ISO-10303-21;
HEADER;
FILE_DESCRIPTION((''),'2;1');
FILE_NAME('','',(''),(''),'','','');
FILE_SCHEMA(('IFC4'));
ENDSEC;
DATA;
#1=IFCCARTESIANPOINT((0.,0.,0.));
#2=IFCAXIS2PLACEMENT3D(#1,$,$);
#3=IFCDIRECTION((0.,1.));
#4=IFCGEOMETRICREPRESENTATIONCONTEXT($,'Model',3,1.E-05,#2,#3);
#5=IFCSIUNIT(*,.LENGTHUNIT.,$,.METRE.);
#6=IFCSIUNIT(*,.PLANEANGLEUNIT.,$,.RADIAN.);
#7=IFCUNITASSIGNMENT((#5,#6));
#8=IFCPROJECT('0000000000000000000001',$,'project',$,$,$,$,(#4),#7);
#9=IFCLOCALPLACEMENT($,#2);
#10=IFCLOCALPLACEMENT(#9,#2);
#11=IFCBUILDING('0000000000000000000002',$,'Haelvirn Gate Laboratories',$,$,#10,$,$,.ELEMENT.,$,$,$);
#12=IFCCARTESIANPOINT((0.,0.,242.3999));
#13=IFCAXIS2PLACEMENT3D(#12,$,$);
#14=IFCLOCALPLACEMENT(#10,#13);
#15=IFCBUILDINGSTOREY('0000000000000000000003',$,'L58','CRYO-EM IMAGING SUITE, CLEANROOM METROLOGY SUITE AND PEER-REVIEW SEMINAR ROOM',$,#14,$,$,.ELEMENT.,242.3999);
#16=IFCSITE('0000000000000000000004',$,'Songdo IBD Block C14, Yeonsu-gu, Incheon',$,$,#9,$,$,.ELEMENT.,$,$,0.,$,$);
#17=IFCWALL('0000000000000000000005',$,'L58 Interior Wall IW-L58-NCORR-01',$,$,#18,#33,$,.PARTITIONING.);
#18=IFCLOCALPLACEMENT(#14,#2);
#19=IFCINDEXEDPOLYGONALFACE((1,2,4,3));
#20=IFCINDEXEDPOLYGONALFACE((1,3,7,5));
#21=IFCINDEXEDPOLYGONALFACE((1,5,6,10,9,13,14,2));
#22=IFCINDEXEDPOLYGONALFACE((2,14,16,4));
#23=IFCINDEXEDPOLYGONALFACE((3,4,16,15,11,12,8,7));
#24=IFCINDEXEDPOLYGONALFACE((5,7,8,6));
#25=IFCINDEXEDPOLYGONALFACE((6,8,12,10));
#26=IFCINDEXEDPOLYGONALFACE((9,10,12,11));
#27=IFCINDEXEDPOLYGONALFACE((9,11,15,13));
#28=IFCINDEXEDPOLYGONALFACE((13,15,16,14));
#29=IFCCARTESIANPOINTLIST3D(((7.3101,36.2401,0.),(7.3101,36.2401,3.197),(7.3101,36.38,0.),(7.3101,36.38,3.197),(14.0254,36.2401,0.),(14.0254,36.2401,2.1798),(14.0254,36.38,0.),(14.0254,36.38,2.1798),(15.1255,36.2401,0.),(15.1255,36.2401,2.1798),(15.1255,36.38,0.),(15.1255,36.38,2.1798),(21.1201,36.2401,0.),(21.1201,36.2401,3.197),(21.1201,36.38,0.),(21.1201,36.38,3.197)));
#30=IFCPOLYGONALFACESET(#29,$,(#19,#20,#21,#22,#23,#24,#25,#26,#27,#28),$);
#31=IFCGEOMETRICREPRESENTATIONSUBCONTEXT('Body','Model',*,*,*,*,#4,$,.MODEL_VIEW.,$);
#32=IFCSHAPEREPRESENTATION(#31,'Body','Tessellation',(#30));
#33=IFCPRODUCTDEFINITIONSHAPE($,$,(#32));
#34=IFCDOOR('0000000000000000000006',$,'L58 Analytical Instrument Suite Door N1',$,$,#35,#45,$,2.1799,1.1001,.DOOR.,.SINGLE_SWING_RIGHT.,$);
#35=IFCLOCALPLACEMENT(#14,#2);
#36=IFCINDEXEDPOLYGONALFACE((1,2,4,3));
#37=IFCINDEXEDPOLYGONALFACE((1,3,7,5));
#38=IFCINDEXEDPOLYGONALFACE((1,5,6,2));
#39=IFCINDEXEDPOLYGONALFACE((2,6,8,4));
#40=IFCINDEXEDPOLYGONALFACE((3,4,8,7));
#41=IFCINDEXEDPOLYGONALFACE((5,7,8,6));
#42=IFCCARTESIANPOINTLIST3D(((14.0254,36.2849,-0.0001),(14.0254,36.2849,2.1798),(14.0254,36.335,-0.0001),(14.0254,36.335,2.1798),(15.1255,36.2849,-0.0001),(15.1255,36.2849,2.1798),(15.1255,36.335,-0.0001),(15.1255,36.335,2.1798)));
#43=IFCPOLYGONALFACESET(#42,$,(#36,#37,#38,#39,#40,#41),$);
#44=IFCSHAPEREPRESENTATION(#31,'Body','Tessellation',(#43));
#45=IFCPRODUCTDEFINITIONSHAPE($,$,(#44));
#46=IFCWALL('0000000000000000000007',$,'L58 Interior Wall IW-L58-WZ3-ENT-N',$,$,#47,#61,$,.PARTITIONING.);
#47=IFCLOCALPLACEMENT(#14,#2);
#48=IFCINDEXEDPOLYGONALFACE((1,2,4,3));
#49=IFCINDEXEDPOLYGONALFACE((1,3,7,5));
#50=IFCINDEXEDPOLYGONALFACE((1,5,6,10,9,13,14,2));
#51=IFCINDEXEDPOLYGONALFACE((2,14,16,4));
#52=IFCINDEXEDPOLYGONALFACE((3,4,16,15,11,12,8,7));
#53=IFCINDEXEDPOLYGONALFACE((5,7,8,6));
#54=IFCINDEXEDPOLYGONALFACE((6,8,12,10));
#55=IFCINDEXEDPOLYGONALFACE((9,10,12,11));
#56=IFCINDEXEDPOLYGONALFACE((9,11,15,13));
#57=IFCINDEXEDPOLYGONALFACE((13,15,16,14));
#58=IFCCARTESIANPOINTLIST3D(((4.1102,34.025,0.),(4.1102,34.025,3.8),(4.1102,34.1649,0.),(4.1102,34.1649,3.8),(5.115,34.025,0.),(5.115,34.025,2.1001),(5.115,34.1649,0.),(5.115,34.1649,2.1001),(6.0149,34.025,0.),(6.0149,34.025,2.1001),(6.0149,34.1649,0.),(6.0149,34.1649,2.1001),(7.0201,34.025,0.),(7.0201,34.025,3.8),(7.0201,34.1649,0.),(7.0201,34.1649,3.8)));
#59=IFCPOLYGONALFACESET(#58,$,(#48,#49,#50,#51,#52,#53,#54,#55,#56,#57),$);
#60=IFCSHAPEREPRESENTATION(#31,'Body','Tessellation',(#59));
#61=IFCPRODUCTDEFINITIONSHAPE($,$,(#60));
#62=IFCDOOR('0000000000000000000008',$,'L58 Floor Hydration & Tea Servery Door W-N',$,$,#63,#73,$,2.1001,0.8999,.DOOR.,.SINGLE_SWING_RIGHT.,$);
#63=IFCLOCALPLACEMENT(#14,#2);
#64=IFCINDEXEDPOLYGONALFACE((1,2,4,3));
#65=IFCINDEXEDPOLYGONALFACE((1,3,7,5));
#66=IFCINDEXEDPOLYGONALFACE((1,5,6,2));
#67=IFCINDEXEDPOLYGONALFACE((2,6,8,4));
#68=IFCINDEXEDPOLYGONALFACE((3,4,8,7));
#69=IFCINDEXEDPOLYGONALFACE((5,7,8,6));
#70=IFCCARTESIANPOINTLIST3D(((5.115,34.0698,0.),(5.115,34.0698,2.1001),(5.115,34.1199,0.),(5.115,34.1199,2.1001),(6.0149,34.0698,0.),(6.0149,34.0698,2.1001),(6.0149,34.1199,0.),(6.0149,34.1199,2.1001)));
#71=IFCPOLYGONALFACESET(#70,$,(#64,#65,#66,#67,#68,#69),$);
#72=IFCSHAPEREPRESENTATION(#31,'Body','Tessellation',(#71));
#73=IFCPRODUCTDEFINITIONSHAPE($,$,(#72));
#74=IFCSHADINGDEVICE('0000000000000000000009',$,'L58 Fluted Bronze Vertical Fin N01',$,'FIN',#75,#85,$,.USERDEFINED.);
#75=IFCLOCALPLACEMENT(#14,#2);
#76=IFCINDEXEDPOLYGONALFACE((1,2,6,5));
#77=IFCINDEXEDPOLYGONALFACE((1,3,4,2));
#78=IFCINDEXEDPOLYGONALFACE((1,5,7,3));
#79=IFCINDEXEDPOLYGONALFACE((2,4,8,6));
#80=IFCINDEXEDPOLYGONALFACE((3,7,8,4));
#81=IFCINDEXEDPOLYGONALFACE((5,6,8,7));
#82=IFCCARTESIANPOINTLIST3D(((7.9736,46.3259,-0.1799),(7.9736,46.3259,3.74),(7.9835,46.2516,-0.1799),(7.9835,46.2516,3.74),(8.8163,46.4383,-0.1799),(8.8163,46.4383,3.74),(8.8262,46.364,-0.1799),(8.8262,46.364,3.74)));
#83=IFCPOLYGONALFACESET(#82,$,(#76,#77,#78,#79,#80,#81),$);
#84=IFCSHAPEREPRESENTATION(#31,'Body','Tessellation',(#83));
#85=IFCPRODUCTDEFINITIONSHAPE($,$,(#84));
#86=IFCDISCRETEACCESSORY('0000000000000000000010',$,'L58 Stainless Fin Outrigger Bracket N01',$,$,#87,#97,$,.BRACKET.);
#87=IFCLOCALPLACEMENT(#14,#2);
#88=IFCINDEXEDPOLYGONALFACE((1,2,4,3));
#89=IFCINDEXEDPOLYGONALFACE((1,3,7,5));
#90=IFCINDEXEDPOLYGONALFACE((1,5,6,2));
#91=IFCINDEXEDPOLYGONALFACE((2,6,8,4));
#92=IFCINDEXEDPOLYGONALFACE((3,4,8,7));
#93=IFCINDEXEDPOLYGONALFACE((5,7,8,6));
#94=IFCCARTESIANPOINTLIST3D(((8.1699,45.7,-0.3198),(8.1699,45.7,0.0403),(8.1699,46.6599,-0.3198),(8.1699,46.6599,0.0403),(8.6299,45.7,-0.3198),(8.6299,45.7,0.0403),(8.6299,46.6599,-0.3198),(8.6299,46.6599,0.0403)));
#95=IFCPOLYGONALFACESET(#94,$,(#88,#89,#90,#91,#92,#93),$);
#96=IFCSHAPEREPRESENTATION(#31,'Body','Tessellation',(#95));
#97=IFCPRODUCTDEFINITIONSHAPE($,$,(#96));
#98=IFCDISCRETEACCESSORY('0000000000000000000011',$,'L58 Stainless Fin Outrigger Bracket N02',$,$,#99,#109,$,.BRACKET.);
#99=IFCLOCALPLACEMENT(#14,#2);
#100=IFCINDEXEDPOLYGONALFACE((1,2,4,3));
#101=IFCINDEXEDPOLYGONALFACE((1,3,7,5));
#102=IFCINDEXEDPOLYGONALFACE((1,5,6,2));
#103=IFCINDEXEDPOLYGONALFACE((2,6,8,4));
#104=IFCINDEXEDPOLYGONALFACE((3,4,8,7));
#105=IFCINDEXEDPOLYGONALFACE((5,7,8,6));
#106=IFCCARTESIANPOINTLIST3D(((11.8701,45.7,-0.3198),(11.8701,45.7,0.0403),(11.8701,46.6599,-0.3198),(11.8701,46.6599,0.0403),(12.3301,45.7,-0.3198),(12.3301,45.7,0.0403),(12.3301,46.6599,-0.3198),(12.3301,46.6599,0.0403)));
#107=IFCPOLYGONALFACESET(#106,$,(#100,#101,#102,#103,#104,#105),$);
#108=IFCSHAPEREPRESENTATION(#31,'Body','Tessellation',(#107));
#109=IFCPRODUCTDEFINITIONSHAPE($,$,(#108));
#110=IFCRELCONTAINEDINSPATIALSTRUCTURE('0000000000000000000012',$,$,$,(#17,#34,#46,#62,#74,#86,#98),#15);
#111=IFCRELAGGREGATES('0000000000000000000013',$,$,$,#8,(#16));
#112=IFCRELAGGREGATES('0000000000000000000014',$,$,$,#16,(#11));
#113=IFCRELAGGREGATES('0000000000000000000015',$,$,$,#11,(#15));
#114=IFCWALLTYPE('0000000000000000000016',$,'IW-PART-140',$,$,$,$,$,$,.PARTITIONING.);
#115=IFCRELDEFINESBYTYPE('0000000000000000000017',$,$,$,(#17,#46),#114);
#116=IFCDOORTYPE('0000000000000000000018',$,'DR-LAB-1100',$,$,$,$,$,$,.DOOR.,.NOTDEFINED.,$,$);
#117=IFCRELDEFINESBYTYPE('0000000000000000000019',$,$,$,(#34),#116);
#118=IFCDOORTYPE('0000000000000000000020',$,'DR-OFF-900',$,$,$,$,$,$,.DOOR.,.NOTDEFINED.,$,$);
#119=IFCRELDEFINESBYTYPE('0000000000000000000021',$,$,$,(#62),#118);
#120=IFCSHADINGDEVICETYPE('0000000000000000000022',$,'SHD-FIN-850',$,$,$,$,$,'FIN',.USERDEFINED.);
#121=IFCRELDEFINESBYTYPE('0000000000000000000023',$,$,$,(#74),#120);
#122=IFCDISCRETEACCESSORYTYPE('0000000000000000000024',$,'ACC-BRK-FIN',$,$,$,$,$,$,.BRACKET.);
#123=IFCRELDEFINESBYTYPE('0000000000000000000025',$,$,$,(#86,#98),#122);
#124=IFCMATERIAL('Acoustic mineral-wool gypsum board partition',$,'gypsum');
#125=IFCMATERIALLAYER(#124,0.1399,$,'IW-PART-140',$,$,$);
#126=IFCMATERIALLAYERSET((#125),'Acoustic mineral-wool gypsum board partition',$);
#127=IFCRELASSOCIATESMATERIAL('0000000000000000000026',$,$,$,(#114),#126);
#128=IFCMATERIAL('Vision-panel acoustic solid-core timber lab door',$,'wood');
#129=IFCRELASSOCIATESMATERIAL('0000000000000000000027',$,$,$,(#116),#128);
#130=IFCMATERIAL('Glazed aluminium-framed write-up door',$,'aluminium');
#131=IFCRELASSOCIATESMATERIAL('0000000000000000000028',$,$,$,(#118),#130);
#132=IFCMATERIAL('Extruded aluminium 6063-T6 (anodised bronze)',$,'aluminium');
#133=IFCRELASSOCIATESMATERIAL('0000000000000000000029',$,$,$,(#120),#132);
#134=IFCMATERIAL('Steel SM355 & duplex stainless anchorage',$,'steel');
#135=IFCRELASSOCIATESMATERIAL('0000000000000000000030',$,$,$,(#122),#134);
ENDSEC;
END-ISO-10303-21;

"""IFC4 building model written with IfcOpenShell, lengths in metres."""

from ifc_helpers import new_model, si_unit, direction, frame, frame_2d, origin, origin_2d, place, context, subcontext, project, spatial, rectangle, extrude, source, transform, mapped, material, layer, layer_set, material_profile, profile_set, type_object, type_shapes, element, fill, save


model = new_model("IFC4")

# Units and contexts
model_context = context("Model", 3, precision=1e-05, world=origin(), true_north=direction((0.0, 1.0)))
body_context = subcontext(model_context, "Body", "Model", "MODEL_VIEW")
ifc_project = project(units=[si_unit("LENGTHUNIT", "METRE"), si_unit("PLANEANGLEUNIT", "RADIAN")], contexts=[model_context])

# Site, building, storey
site_placement = place(None, origin())
site = spatial("IfcSite", under=ifc_project, at=site_placement, Name="Songdo IBD Block C14, Yeonsu-gu, Incheon", CompositionType="ELEMENT", RefElevation=0.0)
building_placement = place(site_placement, origin())
building = spatial("IfcBuilding", under=site, at=building_placement, Name="Haelvirn Gate Laboratories", CompositionType="ELEMENT")
storey_placement = place(building_placement, frame((0.0, 0.0, 242.3999)))
storey = spatial("IfcBuildingStorey", under=building, at=storey_placement, Name="L58", Description="CRYO-EM IMAGING SUITE, CLEANROOM METROLOGY SUITE AND PEER-REVIEW SEMINAR ROOM", CompositionType="ELEMENT", Elevation=242.3999)

# Shared definitions
ifc_material_1 = material(Name="Extruded aluminium 6063-T6 (anodised bronze)", Category="aluminium")

# Walls, openings, doors
ifc_material_2 = material(Name="Acoustic mineral-wool gypsum board partition", Category="gypsum")
ifc_layer_1 = layer(ifc_material_2, 0.1399, Name="IW-PART-140")
ifc_layer_set_1 = layer_set([ifc_layer_1], Name="Acoustic mineral-wool gypsum board partition")
wall_type_1 = type_object("IfcWallType", Name="IW-PART-140", PredefinedType="PARTITIONING", material=ifc_layer_set_1)
wall_1_placement = place(storey_placement, frame((7.3101, 36.3101, 0.0), z_axis=(0.0, 0.0, 1.0), x_axis=(1.0, 0.0, 0.0)))
wall_1 = element("IfcWall", 1, at=wall_1_placement, inside=storey, type_object=wall_type_1, Name="L58 Interior Wall IW-L58-NCORR-01", PredefinedType="PARTITIONING", context=body_context, shape_type="SweptSolid", body=[
    extrude(rectangle(XDim=13.8101, YDim=0.1399, at=frame_2d((6.905, 0.0))), origin(), (0.0, 0.0, 1.0), 3.197),
])
opening_1_placement = place(wall_1_placement, frame((6.7153, 0.0, 0.0)))
opening_1 = element("IfcOpeningElement", 2, at=opening_1_placement, cuts=wall_1, PredefinedType="OPENING", context=body_context, shape_type="SweptSolid", body=[
    extrude(rectangle(XDim=1.1001, YDim=2.1799, at=frame_2d((0.55, 1.0898))), frame((0.0, 0.0801, 0.0), z_axis=(0.0, -1.0, 0.0), x_axis=(1.0, 0.0, 0.0)), (0.0, 0.0, 1.0), 0.1599),
])
ifc_material_3 = material(Name="Vision-panel acoustic solid-core timber lab door", Category="wood")
door_type_1 = type_object("IfcDoorType", Name="DR-LAB-1100", OperationType="NOTDEFINED", PredefinedType="DOOR", material=ifc_material_3)
shared_shape_1 = source(origin(), body_context, "Body", "SweptSolid", [
    extrude(rectangle(XDim=1.1001, YDim=2.1799, at=frame_2d((0.55, 1.0898))), frame((0.0, 0.0249, 0.0), z_axis=(0.0, -1.0, 0.0), x_axis=(1.0, 0.0, 0.0)), (0.0, 0.0, 1.0), 0.05),
])
type_shapes(door_type_1, [shared_shape_1])
door_1_placement = place(opening_1_placement, origin())
door_1 = element("IfcDoor", 3, at=door_1_placement, inside=storey, type_object=door_type_1, Name="L58 Analytical Instrument Suite Door N1", OperationType="SINGLE_SWING_RIGHT", OverallHeight=2.1799, OverallWidth=1.1001, PredefinedType="DOOR", context=body_context, shape_type="MappedRepresentation", body=[
    mapped(shared_shape_1, transform((0.0, 0.0, 0.0), scale=1.0)),
])
fill(opening_1, door_1)
wall_2_placement = place(storey_placement, frame((4.1101, 34.095, 0.0), z_axis=(0.0, 0.0, 1.0), x_axis=(1.0, 0.0, 0.0)))
wall_2 = element("IfcWall", 4, at=wall_2_placement, inside=storey, type_object=wall_type_1, Name="L58 Interior Wall IW-L58-WZ3-ENT-N", PredefinedType="PARTITIONING", context=body_context, shape_type="SweptSolid", body=[
    extrude(rectangle(XDim=2.9099, YDim=0.1399, at=frame_2d((1.4551, 0.0))), origin(), (0.0, 0.0, 1.0), 3.8),
])
opening_2_placement = place(wall_2_placement, frame((1.0049, 0.0, 0.0)))
opening_2 = element("IfcOpeningElement", 5, at=opening_2_placement, cuts=wall_2, PredefinedType="OPENING", context=body_context, shape_type="SweptSolid", body=[
    extrude(rectangle(XDim=0.8999, YDim=2.1001, at=frame_2d((0.45, 1.05))), frame((0.0, 0.0801, 0.0), z_axis=(0.0, -1.0, 0.0), x_axis=(1.0, 0.0, 0.0)), (0.0, 0.0, 1.0), 0.1599),
])
ifc_material_4 = material(Name="Glazed aluminium-framed write-up door", Category="aluminium")
door_type_2 = type_object("IfcDoorType", Name="DR-OFF-900", OperationType="NOTDEFINED", PredefinedType="DOOR", material=ifc_material_4)
shared_shape_2 = source(origin(), body_context, "Body", "SweptSolid", [
    extrude(rectangle(XDim=0.8999, YDim=2.1001, at=frame_2d((0.45, 1.05))), frame((0.0, 0.0249, 0.0), z_axis=(0.0, -1.0, 0.0), x_axis=(1.0, 0.0, 0.0)), (0.0, 0.0, 1.0), 0.05),
])
type_shapes(door_type_2, [shared_shape_2])
door_2_placement = place(opening_2_placement, origin())
door_2 = element("IfcDoor", 6, at=door_2_placement, inside=storey, type_object=door_type_2, Name="L58 Floor Hydration & Tea Servery Door W-N", OperationType="SINGLE_SWING_RIGHT", OverallHeight=2.1001, OverallWidth=0.8999, PredefinedType="DOOR", context=body_context, shape_type="MappedRepresentation", body=[
    mapped(shared_shape_2, transform((0.0, 0.0, 0.0), scale=1.0)),
])
fill(opening_2, door_2)

# Shading device
ifc_material_profile_1 = material_profile(ifc_material_1, rectangle(XDim=0.075, YDim=0.8501, at=origin_2d()), Name="FIN-850x75")
ifc_profile_set_1 = profile_set([ifc_material_profile_1], Name="Extruded aluminium 6063-T6 (anodised bronze)")
shading_device_type = type_object("IfcShadingDeviceType", Name="SHD-FIN-850", ElementType="FIN", PredefinedType="USERDEFINED", material=ifc_profile_set_1)
shared_shape_3 = source(origin(), body_context, "Body", "SweptSolid", [
    extrude(rectangle(XDim=0.075, YDim=0.8501, at=origin_2d()), origin(), (0.0, 0.0, 1.0), 3.9199),
])
type_shapes(shading_device_type, [shared_shape_3])
shading_device_placement = place(storey_placement, frame((8.3999, 46.345, -0.1799), z_axis=(0.0, 0.0, 1.0), x_axis=(-0.132256, 0.991216, 0.0)))
element("IfcShadingDevice", 7, at=shading_device_placement, inside=storey, type_object=shading_device_type, Name="L58 Fluted Bronze Vertical Fin N01", ObjectType="FIN", PredefinedType="USERDEFINED", context=body_context, shape_type="MappedRepresentation", body=[
    mapped(shared_shape_3, transform((0.0, 0.0, 0.0), scale=1.0)),
])

# Discrete accessories
ifc_material_5 = material(Name="Steel SM355 & duplex stainless anchorage", Category="steel")
discrete_accessory_type = type_object("IfcDiscreteAccessoryType", Name="ACC-BRK-FIN", PredefinedType="BRACKET", material=ifc_material_5)
shared_shape_4 = source(origin(), body_context, "Body", "SweptSolid", [
    extrude(rectangle(XDim=0.46, YDim=0.96, at=origin_2d()), origin(), (0.0, 0.0, 1.0), 0.3601),
])
type_shapes(discrete_accessory_type, [shared_shape_4])
for number, where, z_axis, x_axis, name in (
    (8, (8.3999, 46.1799, -0.3198), (0.0, 0.0, 1.0), (1.0, 0.0, 0.0), "L58 Stainless Fin Outrigger Bracket N01"),
    (9, (12.1001, 46.1799, -0.3198), (0.0, 0.0, 1.0), (1.0, 0.0, 0.0), "L58 Stainless Fin Outrigger Bracket N02"),
):
    element("IfcDiscreteAccessory", number, at=place(storey_placement, frame(where, z_axis=z_axis, x_axis=x_axis)), inside=storey, type_object=discrete_accessory_type, Name=name, PredefinedType="BRACKET", context=body_context, shape_type="MappedRepresentation", body=[
        mapped(shared_shape_4, transform((0.0, 0.0, 0.0), scale=1.0)),
    ])

save(model, "model.ifc")
